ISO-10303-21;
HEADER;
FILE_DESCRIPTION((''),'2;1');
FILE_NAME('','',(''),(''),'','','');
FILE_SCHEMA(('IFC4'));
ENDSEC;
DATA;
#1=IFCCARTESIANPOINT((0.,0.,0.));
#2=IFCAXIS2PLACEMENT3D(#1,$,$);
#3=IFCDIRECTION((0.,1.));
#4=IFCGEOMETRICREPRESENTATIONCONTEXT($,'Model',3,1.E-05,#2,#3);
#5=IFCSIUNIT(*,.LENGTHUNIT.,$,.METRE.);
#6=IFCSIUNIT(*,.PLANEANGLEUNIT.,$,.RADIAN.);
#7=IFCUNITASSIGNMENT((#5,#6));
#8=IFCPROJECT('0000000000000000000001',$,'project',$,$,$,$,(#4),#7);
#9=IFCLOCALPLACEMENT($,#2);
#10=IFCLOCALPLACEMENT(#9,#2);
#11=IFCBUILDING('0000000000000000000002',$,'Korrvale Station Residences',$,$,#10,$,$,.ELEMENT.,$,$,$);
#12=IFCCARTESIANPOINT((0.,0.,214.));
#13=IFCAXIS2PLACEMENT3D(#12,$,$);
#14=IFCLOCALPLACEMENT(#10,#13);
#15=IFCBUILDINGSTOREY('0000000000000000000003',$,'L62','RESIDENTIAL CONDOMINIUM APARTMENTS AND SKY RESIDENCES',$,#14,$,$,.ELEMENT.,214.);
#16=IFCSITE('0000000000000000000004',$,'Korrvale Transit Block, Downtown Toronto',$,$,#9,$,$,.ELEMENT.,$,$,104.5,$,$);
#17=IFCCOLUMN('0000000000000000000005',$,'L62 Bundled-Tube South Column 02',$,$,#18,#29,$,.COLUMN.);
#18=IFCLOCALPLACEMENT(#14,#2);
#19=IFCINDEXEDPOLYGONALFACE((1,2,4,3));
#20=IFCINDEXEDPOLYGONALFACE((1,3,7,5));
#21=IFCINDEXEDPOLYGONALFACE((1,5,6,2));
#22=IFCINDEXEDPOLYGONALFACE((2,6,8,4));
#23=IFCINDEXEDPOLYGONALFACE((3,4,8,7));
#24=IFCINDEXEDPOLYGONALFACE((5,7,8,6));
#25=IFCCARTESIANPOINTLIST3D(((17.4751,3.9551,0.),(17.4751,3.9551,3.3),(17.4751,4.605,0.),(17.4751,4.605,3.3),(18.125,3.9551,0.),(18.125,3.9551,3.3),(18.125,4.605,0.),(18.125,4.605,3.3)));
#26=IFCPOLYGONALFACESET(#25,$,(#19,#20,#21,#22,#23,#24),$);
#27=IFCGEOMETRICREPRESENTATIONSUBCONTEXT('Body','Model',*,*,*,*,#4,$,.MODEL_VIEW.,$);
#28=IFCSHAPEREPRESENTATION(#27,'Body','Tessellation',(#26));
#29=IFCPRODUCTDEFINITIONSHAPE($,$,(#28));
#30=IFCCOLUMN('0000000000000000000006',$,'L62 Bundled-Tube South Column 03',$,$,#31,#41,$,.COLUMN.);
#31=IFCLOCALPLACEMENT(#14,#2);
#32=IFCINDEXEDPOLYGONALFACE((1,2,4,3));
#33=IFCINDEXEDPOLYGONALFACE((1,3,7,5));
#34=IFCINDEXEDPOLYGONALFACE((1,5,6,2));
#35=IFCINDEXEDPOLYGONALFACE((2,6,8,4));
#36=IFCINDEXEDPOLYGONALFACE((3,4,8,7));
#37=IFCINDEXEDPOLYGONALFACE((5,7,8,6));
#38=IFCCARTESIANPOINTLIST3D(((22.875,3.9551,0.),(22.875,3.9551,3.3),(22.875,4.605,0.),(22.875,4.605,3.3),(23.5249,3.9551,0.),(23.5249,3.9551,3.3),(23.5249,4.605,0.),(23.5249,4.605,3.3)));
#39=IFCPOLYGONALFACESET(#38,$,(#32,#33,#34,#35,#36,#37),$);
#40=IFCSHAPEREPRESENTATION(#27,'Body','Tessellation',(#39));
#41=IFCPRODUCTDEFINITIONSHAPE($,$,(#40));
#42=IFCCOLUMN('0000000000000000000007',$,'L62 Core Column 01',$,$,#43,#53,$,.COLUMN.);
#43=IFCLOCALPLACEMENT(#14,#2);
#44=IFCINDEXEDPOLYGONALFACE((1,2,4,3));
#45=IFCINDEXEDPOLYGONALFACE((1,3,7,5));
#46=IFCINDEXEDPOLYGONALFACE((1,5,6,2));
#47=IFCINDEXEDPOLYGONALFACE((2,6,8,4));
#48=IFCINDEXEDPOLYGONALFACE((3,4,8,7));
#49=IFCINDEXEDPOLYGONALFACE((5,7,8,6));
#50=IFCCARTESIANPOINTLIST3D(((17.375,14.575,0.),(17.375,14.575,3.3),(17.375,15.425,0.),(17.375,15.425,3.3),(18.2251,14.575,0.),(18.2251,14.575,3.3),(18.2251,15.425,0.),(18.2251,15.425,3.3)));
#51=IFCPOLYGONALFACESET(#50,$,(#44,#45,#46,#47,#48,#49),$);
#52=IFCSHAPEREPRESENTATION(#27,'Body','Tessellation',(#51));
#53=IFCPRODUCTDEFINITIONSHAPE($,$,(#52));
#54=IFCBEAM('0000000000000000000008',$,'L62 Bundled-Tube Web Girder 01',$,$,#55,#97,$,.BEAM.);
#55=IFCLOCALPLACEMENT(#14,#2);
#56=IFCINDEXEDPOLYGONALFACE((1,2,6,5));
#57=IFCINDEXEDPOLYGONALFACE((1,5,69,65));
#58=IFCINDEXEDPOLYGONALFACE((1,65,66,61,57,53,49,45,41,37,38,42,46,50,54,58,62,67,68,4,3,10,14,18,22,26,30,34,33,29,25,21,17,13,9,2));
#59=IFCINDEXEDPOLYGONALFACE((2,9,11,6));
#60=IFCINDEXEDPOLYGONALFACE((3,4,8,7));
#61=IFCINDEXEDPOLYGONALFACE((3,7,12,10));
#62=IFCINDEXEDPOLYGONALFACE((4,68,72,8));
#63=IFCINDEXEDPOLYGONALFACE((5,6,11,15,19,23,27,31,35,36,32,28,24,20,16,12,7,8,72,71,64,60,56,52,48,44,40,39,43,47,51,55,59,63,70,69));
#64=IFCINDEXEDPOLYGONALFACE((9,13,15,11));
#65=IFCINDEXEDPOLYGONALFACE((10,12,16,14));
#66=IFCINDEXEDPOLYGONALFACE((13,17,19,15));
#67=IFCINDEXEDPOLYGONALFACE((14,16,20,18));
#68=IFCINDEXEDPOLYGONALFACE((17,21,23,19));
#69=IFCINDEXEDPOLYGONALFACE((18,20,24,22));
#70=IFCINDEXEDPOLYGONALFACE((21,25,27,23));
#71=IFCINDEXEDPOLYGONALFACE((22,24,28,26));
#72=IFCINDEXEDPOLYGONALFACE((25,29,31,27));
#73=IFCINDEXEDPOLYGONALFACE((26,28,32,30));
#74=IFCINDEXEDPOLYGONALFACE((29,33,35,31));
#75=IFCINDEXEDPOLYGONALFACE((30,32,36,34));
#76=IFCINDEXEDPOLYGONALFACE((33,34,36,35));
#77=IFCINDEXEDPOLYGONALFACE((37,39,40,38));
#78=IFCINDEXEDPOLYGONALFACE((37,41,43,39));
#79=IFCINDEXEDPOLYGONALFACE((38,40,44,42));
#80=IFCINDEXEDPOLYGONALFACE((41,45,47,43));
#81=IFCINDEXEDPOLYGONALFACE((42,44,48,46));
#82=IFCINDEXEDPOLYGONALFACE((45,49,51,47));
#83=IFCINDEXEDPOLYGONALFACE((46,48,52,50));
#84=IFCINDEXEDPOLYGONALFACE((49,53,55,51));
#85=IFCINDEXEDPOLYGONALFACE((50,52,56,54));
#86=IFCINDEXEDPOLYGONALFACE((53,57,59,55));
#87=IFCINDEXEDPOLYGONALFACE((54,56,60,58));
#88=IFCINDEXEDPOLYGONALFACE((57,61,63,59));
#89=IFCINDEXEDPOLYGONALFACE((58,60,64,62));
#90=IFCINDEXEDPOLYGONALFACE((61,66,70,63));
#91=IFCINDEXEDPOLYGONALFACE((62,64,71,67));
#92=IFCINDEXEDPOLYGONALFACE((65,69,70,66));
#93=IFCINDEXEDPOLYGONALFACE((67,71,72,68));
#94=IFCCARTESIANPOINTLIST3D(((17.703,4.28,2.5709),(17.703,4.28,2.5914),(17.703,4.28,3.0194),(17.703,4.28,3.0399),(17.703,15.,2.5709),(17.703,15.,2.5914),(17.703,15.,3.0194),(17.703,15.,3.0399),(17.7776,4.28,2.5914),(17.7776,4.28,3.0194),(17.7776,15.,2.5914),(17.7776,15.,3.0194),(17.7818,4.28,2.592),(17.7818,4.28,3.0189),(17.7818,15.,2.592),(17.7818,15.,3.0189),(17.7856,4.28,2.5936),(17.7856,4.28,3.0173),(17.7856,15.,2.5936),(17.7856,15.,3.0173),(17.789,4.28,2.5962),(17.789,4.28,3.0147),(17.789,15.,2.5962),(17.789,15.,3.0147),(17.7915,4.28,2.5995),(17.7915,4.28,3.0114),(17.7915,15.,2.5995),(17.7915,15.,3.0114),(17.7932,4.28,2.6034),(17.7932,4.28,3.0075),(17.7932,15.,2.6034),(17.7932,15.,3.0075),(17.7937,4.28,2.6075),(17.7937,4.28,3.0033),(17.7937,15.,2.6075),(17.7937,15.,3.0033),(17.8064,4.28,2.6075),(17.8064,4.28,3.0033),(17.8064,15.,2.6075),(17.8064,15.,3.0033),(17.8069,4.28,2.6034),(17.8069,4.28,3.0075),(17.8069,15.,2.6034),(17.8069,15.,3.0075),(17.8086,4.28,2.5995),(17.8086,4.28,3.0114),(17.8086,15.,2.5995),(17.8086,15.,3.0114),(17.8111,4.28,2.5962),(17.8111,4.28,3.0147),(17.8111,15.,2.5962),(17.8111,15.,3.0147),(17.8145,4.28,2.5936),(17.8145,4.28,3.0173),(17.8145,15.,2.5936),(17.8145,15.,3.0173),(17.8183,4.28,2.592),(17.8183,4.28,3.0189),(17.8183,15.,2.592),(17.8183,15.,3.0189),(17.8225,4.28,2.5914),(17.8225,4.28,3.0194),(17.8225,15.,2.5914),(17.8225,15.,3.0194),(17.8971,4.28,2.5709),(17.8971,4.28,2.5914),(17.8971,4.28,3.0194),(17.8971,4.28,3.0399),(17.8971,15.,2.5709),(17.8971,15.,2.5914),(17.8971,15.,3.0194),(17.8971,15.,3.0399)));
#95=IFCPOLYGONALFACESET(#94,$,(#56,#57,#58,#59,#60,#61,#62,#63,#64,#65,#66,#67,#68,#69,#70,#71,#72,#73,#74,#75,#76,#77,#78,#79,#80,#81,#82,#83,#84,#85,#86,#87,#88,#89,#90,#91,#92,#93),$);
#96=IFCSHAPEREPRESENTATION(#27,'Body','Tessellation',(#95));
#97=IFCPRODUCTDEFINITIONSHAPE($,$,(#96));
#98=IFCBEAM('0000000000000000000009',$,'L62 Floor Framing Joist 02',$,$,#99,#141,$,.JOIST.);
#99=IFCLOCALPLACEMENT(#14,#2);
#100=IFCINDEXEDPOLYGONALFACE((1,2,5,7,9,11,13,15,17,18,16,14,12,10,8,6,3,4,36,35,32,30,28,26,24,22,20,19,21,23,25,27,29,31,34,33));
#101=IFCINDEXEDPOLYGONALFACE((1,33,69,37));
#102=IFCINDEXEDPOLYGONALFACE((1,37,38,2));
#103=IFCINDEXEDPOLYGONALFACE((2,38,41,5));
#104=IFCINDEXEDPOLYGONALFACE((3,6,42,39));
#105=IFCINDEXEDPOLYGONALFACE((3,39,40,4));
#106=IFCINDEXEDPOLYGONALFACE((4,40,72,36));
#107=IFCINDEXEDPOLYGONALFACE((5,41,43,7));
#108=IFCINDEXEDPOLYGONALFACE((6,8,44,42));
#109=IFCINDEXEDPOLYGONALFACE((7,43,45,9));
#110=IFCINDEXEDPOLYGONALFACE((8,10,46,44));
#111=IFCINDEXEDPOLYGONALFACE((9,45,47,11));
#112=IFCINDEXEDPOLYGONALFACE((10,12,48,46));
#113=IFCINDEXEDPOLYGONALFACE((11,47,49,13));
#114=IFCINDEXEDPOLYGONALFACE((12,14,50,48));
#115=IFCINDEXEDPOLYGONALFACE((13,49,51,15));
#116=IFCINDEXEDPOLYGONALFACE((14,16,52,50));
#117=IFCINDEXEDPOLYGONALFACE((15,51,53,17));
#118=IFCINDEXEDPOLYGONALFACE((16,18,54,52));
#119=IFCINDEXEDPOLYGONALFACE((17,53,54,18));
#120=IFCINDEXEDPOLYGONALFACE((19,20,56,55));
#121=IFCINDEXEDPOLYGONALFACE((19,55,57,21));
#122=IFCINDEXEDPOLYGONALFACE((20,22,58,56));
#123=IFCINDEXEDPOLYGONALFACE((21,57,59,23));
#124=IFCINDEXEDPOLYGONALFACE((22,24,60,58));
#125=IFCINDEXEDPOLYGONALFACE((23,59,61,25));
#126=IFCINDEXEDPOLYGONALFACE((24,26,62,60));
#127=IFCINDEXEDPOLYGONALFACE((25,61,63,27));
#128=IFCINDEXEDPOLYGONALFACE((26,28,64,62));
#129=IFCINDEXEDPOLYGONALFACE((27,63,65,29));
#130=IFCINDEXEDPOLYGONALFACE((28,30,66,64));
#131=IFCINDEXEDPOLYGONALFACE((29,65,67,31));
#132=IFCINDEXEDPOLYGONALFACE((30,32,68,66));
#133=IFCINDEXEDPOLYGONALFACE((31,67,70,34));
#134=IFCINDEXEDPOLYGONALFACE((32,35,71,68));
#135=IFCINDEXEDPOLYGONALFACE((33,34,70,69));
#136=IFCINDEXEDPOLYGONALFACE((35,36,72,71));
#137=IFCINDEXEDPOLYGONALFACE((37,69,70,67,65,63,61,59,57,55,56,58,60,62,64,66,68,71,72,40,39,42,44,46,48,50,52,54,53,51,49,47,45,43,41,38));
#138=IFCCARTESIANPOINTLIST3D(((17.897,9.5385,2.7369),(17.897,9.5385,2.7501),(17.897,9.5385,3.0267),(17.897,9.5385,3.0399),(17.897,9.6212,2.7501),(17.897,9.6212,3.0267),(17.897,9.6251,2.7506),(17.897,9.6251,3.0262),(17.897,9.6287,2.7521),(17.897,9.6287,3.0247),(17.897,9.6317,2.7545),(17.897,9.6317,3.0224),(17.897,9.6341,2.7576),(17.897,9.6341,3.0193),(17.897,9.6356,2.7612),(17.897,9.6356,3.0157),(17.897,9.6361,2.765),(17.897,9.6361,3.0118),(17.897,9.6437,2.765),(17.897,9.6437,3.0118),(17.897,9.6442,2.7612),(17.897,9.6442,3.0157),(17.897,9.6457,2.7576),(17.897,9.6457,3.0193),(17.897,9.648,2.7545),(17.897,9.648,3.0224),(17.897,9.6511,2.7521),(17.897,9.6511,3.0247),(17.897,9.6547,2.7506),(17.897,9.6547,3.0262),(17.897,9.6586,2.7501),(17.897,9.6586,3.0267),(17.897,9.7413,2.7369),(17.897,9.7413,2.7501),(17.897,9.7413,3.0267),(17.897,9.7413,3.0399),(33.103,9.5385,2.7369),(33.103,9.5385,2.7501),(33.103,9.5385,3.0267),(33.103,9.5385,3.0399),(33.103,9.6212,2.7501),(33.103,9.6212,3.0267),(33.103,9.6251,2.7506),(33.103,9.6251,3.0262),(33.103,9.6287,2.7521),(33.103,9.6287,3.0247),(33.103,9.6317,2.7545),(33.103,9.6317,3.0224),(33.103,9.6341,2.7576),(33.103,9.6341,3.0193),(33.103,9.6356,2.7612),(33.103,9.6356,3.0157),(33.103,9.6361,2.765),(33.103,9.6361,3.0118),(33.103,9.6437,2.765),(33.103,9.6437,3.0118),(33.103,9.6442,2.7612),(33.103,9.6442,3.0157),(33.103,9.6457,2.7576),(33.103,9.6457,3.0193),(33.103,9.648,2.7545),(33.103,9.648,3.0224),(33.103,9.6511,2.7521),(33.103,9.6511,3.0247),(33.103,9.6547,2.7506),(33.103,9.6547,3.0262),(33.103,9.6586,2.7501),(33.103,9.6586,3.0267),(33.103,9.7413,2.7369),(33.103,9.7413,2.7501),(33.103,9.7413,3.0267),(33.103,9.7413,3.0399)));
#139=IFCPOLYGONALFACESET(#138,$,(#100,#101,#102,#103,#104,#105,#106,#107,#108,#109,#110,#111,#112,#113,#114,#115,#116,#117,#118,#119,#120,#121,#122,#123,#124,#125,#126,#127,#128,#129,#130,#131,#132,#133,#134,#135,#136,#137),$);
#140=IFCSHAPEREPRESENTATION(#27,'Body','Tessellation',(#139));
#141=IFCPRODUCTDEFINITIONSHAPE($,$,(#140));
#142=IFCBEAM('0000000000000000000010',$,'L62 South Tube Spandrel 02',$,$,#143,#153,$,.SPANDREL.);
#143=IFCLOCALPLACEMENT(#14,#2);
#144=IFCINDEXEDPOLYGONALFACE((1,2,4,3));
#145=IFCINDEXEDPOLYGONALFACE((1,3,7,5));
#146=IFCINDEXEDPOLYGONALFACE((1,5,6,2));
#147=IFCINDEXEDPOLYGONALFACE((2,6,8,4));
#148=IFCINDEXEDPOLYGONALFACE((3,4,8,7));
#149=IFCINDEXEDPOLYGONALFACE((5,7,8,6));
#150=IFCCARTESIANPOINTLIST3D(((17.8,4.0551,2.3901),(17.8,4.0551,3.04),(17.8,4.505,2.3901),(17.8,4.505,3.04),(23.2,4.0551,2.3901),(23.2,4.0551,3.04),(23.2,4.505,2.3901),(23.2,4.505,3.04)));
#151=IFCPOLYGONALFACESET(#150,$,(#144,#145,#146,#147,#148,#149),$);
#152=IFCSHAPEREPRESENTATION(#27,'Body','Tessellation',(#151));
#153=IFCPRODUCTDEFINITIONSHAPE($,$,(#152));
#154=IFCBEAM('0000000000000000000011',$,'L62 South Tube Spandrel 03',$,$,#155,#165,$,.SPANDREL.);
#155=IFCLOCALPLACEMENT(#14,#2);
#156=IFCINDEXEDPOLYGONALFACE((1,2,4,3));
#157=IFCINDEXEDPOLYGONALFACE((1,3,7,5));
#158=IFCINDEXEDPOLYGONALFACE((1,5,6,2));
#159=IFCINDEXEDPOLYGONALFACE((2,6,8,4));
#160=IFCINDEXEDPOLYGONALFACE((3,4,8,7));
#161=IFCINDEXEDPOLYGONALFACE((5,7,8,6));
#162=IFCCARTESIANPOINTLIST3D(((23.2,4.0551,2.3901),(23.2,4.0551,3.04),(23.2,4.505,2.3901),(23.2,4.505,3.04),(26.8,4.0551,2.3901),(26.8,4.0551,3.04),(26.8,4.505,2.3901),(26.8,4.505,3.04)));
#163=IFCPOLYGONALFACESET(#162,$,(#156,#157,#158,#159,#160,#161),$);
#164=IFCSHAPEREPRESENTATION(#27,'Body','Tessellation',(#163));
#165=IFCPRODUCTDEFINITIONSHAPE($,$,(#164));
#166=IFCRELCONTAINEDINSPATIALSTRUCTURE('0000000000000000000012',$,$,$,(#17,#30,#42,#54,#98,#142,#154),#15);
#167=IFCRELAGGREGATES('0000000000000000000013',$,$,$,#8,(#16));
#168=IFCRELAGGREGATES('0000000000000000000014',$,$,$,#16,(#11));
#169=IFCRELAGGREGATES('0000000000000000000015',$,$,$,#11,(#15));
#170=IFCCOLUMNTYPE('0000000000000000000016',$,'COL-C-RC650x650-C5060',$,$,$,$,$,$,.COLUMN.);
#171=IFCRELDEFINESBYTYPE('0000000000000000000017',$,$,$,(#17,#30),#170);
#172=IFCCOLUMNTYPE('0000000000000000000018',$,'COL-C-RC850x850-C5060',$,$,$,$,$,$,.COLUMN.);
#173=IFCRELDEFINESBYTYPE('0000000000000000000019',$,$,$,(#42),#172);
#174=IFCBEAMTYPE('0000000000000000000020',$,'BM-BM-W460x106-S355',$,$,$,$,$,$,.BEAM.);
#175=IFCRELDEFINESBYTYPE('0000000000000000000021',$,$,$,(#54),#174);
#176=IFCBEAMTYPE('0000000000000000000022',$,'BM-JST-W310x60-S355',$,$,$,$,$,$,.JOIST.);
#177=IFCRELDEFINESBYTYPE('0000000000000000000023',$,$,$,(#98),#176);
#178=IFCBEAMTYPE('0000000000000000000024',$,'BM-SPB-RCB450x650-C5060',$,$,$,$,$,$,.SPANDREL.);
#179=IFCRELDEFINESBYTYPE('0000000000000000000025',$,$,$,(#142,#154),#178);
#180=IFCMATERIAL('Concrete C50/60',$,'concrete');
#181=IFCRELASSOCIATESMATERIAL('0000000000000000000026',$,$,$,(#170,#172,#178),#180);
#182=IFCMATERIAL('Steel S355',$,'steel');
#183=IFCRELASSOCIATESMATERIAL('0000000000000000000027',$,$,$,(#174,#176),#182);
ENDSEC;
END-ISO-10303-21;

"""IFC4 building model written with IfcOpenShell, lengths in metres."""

from ifc_helpers import new_model, si_unit, direction, frame, origin, origin_2d, place, context, subcontext, project, spatial, rectangle, i_section, extrude, material, material_profile, profile_set, type_object, element, save


model = new_model("IFC4")

# Units and contexts
model_context = context("Model", 3, precision=1e-05, world=origin(), true_north=direction((0.0, 1.0)))
body_context = subcontext(model_context, "Body", "Model", "MODEL_VIEW")
ifc_project = project(units=[si_unit("LENGTHUNIT", "METRE"), si_unit("PLANEANGLEUNIT", "RADIAN")], contexts=[model_context])

# Site, building, storey
site_placement = place(None, origin())
site = spatial("IfcSite", under=ifc_project, at=site_placement, Name="Korrvale Transit Block, Downtown Toronto", CompositionType="ELEMENT", RefElevation=104.5)
building_placement = place(site_placement, origin())
building = spatial("IfcBuilding", under=site, at=building_placement, Name="Korrvale Station Residences", CompositionType="ELEMENT")
storey_placement = place(building_placement, frame((0.0, 0.0, 214.0)))
storey = spatial("IfcBuildingStorey", under=building, at=storey_placement, Name="L62", Description="RESIDENTIAL CONDOMINIUM APARTMENTS AND SKY RESIDENCES", CompositionType="ELEMENT", Elevation=214.0)

# Columns
ifc_material_1 = material(Name="Concrete C50/60", Category="concrete")
ifc_material_profile_1 = material_profile(ifc_material_1, rectangle(XDim=0.6499, YDim=0.6499, at=origin_2d()), Name="RC650x650")
ifc_profile_set_1 = profile_set([ifc_material_profile_1], Name="Concrete C50/60")
column_type_1 = type_object("IfcColumnType", Name="COL-C-RC650x650-C5060", PredefinedType="COLUMN", material=ifc_profile_set_1)
for number, where, z_axis, x_axis, name in (
    (1, (17.8, 4.28, 0.0), (0.0, 0.0, 1.0), (1.0, 0.0, 0.0), "L62 Bundled-Tube South Column 02"),
    (2, (23.2, 4.28, 0.0), (0.0, 0.0, 1.0), (1.0, 0.0, 0.0), "L62 Bundled-Tube South Column 03"),
):
    element("IfcColumn", number, at=place(storey_placement, frame(where, z_axis=z_axis, x_axis=x_axis)), inside=storey, type_object=column_type_1, Name=name, PredefinedType="COLUMN", context=body_context, shape_type="SweptSolid", body=[
        extrude(rectangle(XDim=0.6499, YDim=0.6499, at=origin_2d()), origin(), (0.0, 0.0, 1.0), 3.3),
    ])
ifc_material_profile_2 = material_profile(ifc_material_1, rectangle(XDim=0.8501, YDim=0.8501, at=origin_2d()), Name="RC850x850")
ifc_profile_set_2 = profile_set([ifc_material_profile_2], Name="Concrete C50/60")
column_type_2 = type_object("IfcColumnType", Name="COL-C-RC850x850-C5060", PredefinedType="COLUMN", material=ifc_profile_set_2)
column_placement = place(storey_placement, frame((17.8, 15.0, 0.0), z_axis=(0.0, 0.0, 1.0), x_axis=(1.0, 0.0, 0.0)))
element("IfcColumn", 3, at=column_placement, inside=storey, type_object=column_type_2, Name="L62 Core Column 01", PredefinedType="COLUMN", context=body_context, shape_type="SweptSolid", body=[
    extrude(rectangle(XDim=0.8501, YDim=0.8501, at=origin_2d()), origin(), (0.0, 0.0, 1.0), 3.3),
])

# Beams
ifc_material_2 = material(Name="Steel S355", Category="steel")
ifc_material_profile_3 = material_profile(ifc_material_2, i_section(OverallWidth=0.1941, OverallDepth=0.469, WebThickness=0.0127, FlangeThickness=0.0205, FilletRadius=0.0161, at=origin_2d()), Name="W460x106")
ifc_profile_set_3 = profile_set([ifc_material_profile_3], Name="Steel S355")
beam_type_1 = type_object("IfcBeamType", Name="BM-BM-W460x106-S355", PredefinedType="BEAM", material=ifc_profile_set_3)
beam_1_placement = place(storey_placement, frame((17.8, 4.28, 2.8054), z_axis=(0.0, 1.0, 0.0), x_axis=(-1.0, 0.0, 0.0)))
element("IfcBeam", 4, at=beam_1_placement, inside=storey, type_object=beam_type_1, Name="L62 Bundled-Tube Web Girder 01", PredefinedType="BEAM", context=body_context, shape_type="SweptSolid", body=[
    extrude(i_section(OverallWidth=0.1941, OverallDepth=0.469, WebThickness=0.0127, FlangeThickness=0.0205, FilletRadius=0.0161, at=origin_2d()), origin(), (0.0, 0.0, 1.0), 10.72),
])
ifc_material_profile_4 = material_profile(ifc_material_2, i_section(OverallWidth=0.2029, OverallDepth=0.303, WebThickness=0.0076, FlangeThickness=0.0132, FilletRadius=0.0149, at=origin_2d()), Name="W310x60")
ifc_profile_set_4 = profile_set([ifc_material_profile_4], Name="Steel S355")
beam_type_2 = type_object("IfcBeamType", Name="BM-JST-W310x60-S355", PredefinedType="JOIST", material=ifc_profile_set_4)
beam_2_placement = place(storey_placement, frame((17.897, 9.6399, 2.8884), z_axis=(1.0, 0.0, 0.0), x_axis=(0.0, 1.0, 0.0)))
element("IfcBeam", 5, at=beam_2_placement, inside=storey, type_object=beam_type_2, Name="L62 Floor Framing Joist 02", PredefinedType="JOIST", context=body_context, shape_type="SweptSolid", body=[
    extrude(i_section(OverallWidth=0.2029, OverallDepth=0.303, WebThickness=0.0076, FlangeThickness=0.0132, FilletRadius=0.0149, at=origin_2d()), origin(), (0.0, 0.0, 1.0), 15.2061),
])
ifc_material_profile_5 = material_profile(ifc_material_1, rectangle(XDim=0.45, YDim=0.6499, at=origin_2d()), Name="RCB450x650")
ifc_profile_set_5 = profile_set([ifc_material_profile_5], Name="Concrete C50/60")
beam_type_3 = type_object("IfcBeamType", Name="BM-SPB-RCB450x650-C5060", PredefinedType="SPANDREL", material=ifc_profile_set_5)
beam_3_placement = place(storey_placement, frame((17.8, 4.28, 2.7151), z_axis=(1.0, 0.0, 0.0), x_axis=(0.0, 1.0, 0.0)))
element("IfcBeam", 6, at=beam_3_placement, inside=storey, type_object=beam_type_3, Name="L62 South Tube Spandrel 02", PredefinedType="SPANDREL", context=body_context, shape_type="SweptSolid", body=[
    extrude(rectangle(XDim=0.45, YDim=0.6499, at=origin_2d()), origin(), (0.0, 0.0, 1.0), 5.3999),
])
beam_4_placement = place(storey_placement, frame((23.2, 4.28, 2.7151), z_axis=(1.0, 0.0, 0.0), x_axis=(0.0, 1.0, 0.0)))
element("IfcBeam", 7, at=beam_4_placement, inside=storey, type_object=beam_type_3, Name="L62 South Tube Spandrel 03", PredefinedType="SPANDREL", context=body_context, shape_type="SweptSolid", body=[
    extrude(rectangle(XDim=0.45, YDim=0.6499, at=origin_2d()), origin(), (0.0, 0.0, 1.0), 3.6001),
])

save(model, "model.ifc")
